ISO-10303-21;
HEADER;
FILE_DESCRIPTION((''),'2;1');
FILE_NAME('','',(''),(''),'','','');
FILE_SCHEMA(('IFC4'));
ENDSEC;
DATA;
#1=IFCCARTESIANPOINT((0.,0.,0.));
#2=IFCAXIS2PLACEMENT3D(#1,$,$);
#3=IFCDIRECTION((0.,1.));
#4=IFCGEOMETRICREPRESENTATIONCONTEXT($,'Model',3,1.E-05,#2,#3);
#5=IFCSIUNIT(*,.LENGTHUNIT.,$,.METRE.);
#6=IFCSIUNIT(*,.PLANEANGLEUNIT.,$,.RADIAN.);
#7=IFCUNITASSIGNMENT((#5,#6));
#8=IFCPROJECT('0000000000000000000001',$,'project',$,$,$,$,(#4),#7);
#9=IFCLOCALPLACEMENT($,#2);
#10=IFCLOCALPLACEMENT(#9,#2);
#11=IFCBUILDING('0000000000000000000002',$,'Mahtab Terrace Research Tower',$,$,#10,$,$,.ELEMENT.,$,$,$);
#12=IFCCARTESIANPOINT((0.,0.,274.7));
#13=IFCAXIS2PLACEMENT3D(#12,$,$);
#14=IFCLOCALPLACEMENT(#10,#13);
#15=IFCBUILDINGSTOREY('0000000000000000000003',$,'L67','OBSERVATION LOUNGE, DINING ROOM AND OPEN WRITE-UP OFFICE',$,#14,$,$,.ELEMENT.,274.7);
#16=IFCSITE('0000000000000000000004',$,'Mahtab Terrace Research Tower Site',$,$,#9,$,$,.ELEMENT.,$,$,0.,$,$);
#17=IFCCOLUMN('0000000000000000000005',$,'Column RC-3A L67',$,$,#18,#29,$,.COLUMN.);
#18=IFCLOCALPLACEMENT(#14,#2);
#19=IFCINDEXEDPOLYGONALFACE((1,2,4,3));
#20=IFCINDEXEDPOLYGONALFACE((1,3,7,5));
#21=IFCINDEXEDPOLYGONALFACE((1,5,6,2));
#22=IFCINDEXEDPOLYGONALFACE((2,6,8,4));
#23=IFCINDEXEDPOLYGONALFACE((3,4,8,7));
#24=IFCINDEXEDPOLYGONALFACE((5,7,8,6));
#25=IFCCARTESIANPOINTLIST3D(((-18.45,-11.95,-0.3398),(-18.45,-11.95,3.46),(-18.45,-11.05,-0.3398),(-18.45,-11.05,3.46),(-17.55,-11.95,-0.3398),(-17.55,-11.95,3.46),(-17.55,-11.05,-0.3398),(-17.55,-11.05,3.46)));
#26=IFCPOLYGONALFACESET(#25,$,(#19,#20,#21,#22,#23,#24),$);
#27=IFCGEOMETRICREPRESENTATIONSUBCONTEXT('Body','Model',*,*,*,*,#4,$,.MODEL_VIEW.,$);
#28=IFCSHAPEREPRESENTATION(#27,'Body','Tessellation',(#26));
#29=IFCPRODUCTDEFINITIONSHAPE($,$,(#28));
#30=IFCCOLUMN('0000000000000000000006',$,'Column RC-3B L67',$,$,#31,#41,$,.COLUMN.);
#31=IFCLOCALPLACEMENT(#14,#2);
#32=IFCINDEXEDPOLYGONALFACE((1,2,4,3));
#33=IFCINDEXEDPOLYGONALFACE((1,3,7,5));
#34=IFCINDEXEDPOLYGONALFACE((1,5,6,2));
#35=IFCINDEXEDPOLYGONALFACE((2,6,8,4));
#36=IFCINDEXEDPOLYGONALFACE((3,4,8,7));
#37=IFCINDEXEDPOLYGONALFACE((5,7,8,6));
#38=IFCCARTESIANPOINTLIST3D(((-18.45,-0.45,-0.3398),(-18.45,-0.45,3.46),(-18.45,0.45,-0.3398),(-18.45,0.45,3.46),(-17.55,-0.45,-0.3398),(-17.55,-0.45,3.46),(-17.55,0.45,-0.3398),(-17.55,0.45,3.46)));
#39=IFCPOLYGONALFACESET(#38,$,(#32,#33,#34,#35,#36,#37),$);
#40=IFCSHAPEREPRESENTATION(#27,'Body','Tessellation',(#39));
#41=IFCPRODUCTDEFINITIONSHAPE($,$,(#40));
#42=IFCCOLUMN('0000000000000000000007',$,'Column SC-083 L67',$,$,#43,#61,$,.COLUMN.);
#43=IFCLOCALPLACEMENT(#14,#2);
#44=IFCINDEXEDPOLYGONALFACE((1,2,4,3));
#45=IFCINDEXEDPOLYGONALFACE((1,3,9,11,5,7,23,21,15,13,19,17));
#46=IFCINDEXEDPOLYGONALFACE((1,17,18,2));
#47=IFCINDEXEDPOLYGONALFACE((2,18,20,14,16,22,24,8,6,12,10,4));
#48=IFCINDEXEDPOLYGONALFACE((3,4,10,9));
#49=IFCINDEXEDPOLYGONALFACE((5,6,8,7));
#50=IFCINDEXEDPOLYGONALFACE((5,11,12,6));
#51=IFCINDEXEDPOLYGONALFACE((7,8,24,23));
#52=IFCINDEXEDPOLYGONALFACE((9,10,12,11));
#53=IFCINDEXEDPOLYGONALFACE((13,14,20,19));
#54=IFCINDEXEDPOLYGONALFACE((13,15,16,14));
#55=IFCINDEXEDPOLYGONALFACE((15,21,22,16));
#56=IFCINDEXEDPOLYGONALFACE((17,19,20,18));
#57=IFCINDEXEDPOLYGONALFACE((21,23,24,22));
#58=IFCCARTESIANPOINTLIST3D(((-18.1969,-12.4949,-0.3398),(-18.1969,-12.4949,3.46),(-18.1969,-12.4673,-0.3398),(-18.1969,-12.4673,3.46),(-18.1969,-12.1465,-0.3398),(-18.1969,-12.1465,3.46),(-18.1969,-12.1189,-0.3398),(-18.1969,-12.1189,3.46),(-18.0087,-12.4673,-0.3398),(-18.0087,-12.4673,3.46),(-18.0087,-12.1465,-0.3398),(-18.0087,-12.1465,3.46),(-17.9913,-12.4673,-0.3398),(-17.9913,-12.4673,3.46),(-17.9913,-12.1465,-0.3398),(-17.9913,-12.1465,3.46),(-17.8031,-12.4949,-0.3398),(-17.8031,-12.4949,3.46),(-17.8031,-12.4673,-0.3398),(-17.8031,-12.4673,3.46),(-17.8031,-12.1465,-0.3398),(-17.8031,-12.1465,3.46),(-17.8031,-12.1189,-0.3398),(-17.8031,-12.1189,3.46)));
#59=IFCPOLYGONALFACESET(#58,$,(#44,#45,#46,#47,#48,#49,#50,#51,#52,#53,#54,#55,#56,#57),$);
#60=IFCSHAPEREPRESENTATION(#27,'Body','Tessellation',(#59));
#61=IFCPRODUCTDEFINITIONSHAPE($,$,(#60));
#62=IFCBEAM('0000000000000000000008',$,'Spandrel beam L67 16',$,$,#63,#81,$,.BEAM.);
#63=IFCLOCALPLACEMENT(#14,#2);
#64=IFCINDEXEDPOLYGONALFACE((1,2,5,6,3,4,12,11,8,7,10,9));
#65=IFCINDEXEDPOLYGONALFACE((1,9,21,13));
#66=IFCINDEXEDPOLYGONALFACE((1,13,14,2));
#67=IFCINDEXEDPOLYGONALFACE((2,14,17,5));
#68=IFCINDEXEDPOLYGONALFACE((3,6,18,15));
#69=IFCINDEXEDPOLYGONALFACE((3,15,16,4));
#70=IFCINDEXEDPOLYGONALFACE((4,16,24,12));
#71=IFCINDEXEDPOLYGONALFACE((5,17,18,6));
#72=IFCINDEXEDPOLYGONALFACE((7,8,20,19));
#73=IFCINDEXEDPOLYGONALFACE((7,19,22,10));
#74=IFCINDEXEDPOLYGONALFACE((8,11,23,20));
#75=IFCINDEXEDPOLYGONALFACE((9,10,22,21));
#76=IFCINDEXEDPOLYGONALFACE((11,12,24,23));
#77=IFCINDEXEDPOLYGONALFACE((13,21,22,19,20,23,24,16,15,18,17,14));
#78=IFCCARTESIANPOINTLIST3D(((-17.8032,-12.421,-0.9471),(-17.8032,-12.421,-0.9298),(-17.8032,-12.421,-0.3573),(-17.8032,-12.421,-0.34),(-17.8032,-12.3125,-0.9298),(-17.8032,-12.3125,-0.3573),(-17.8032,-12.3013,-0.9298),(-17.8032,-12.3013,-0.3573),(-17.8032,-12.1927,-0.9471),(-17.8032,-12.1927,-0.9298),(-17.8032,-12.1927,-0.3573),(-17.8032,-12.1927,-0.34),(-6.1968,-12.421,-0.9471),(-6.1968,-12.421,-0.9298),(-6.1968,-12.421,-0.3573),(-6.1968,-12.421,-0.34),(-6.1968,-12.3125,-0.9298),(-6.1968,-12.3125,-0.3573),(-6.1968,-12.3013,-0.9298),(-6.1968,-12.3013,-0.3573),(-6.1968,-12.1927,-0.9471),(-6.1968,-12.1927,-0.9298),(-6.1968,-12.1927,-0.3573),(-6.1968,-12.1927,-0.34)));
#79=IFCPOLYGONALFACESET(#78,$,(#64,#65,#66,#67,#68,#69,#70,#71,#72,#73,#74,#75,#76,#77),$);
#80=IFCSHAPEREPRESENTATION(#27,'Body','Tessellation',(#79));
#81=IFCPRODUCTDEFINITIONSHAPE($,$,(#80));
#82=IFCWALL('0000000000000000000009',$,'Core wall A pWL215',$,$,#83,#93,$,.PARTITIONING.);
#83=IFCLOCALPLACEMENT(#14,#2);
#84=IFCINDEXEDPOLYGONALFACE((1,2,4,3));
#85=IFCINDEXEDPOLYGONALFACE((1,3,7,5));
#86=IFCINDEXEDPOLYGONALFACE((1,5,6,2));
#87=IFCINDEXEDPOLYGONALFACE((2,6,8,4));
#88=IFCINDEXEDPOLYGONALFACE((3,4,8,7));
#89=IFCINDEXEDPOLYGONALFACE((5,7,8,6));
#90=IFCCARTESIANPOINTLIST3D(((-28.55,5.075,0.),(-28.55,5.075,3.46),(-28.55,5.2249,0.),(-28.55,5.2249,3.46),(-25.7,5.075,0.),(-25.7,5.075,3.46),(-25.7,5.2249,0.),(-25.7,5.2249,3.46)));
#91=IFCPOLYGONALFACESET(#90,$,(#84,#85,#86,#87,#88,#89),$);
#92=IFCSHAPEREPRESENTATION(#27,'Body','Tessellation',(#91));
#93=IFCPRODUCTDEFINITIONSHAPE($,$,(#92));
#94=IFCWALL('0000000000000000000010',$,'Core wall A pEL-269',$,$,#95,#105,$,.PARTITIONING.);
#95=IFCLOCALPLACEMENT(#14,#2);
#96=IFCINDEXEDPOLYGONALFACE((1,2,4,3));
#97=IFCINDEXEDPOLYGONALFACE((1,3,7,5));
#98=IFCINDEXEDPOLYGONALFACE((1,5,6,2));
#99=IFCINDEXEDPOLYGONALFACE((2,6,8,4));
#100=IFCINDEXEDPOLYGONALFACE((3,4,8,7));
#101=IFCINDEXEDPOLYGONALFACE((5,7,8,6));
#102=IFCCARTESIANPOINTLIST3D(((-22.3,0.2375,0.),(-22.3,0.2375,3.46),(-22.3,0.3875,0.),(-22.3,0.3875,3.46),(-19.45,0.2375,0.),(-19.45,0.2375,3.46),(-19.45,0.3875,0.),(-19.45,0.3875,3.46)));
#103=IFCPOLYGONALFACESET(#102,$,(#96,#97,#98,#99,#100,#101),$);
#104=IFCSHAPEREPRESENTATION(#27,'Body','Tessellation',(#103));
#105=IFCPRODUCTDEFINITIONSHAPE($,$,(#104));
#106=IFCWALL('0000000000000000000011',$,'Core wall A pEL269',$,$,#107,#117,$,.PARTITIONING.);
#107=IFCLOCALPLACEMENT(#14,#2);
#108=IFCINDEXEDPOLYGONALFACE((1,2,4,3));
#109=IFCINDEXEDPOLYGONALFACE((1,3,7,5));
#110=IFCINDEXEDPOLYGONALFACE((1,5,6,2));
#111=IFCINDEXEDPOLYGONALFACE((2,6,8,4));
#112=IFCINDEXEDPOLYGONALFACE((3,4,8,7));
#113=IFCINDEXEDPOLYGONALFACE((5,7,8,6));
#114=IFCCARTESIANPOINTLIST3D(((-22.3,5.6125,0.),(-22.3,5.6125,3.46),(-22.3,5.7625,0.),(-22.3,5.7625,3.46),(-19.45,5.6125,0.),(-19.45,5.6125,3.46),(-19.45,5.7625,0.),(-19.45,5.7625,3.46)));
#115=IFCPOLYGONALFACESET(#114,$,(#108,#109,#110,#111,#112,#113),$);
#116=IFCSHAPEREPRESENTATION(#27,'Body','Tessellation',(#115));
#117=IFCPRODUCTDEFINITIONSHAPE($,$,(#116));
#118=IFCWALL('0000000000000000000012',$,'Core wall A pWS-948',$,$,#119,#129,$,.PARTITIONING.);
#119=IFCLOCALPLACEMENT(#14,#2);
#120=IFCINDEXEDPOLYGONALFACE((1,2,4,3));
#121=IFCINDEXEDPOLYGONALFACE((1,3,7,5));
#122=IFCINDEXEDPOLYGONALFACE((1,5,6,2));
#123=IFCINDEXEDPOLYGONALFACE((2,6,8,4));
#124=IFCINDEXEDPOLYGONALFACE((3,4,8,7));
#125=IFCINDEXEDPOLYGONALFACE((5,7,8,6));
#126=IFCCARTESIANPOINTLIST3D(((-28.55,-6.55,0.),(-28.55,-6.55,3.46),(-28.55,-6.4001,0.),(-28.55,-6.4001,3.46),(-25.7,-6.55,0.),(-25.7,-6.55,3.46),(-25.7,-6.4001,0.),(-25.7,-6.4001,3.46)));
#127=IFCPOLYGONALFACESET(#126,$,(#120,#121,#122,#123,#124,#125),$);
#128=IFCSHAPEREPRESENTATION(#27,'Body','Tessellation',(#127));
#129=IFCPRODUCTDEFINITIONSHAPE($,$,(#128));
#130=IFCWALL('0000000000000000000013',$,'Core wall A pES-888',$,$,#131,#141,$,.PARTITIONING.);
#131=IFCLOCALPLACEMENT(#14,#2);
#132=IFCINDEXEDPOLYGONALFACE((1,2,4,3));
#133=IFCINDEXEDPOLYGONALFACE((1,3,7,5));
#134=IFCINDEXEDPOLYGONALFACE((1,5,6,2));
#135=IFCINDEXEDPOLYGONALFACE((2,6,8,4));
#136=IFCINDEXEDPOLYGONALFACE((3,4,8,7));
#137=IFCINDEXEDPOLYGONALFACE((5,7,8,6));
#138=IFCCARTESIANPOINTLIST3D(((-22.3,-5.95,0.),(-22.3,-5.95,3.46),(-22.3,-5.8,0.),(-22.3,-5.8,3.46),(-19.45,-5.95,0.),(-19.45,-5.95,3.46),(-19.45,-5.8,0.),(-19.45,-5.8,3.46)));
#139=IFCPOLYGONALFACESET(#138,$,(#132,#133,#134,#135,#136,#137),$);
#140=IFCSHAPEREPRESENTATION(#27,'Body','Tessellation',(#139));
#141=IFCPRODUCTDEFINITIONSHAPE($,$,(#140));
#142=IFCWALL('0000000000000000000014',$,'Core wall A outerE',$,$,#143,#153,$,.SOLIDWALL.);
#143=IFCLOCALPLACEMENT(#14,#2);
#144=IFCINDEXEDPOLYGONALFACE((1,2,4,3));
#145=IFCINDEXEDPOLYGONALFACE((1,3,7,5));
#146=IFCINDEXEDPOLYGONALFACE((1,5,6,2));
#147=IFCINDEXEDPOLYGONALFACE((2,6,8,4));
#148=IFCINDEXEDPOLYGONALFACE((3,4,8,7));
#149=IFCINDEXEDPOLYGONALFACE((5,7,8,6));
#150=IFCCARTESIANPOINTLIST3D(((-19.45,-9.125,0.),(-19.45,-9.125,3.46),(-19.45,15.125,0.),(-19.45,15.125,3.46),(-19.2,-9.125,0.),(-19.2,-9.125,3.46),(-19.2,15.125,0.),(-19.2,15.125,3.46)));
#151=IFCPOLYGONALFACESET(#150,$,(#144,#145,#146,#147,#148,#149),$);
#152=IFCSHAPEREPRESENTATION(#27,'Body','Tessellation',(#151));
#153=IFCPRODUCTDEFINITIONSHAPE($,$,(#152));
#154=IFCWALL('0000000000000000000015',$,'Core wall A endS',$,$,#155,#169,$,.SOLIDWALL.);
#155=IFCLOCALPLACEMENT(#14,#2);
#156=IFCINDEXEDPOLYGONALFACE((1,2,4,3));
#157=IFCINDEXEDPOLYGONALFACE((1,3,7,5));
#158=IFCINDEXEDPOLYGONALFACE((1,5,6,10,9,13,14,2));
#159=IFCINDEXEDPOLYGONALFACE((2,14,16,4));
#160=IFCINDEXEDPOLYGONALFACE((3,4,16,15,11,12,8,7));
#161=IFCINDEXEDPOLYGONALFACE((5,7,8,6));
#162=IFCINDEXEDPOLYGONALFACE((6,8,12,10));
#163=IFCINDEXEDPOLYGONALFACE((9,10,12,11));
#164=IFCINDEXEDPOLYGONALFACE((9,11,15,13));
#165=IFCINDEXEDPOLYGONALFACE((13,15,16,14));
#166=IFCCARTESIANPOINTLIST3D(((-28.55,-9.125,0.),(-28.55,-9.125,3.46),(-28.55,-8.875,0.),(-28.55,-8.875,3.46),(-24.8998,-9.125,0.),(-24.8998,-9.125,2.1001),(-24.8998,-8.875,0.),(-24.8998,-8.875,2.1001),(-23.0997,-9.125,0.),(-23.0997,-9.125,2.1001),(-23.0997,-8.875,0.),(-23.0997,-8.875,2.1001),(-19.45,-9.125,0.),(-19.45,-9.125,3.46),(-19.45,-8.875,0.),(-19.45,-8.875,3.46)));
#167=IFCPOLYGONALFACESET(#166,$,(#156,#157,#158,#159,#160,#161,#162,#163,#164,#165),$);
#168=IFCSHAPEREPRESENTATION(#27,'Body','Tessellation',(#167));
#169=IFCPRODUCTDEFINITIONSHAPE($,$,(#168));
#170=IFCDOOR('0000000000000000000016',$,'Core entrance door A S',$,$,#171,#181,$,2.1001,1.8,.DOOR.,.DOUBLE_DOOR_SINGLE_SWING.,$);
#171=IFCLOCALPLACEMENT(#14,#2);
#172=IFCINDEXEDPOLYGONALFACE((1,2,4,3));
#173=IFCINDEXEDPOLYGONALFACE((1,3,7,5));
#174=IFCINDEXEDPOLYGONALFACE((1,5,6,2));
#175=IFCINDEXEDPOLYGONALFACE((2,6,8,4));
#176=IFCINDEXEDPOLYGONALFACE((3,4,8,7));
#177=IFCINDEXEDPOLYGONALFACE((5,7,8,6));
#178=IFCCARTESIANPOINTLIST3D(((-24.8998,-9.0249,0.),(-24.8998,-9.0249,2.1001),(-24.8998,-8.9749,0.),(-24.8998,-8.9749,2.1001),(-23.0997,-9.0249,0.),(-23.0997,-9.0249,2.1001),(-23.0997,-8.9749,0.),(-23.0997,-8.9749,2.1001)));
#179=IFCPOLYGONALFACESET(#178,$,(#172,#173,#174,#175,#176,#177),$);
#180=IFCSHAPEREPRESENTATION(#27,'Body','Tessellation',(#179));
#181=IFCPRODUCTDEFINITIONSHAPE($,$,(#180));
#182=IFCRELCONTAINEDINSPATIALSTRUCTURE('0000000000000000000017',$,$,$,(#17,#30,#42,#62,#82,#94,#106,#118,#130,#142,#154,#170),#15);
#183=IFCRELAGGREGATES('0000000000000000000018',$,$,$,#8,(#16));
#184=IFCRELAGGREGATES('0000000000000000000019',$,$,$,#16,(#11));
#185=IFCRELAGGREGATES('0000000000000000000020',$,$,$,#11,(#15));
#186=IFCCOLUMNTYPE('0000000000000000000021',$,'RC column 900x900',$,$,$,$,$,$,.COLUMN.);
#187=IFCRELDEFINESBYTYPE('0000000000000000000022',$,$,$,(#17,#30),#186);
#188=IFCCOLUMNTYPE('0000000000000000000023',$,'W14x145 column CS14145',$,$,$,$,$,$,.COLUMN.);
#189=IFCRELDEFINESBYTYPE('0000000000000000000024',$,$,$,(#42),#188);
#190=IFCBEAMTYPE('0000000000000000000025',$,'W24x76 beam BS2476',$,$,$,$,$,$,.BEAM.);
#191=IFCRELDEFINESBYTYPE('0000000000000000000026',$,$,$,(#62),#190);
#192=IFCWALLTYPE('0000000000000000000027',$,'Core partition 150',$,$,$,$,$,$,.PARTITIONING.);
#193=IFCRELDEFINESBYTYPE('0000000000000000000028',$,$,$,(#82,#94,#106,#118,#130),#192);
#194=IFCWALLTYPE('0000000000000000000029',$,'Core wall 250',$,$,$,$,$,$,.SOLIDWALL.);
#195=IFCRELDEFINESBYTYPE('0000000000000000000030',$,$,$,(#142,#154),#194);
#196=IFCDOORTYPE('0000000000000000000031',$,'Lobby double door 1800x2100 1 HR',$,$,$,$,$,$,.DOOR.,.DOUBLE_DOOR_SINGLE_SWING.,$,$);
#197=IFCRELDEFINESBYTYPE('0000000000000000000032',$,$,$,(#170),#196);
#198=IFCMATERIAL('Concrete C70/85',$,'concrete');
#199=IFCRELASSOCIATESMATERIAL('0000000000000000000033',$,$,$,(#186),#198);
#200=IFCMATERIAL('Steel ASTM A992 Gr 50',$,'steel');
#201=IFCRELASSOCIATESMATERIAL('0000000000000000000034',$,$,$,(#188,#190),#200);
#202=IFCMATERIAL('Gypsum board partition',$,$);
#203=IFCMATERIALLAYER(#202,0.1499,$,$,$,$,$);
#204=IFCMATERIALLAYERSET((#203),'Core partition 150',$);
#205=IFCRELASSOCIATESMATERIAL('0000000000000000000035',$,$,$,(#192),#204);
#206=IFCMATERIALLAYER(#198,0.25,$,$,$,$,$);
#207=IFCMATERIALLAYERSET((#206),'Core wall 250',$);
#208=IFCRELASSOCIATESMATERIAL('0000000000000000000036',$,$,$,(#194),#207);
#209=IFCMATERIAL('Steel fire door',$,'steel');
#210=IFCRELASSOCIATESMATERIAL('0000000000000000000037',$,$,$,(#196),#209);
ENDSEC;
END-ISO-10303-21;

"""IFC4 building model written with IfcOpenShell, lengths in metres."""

from ifc_helpers import new_model, si_unit, direction, frame, frame_2d, origin, origin_2d, place, context, subcontext, project, spatial, rectangle, i_section, extrude, material, layer, layer_set, material_profile, profile_set, type_object, element, fill, save


model = new_model("IFC4")

# Units and contexts
model_context = context("Model", 3, precision=1e-05, world=origin(), true_north=direction((0.0, 1.0)))
body_context = subcontext(model_context, "Body", "Model", "MODEL_VIEW")
ifc_project = project(units=[si_unit("LENGTHUNIT", "METRE"), si_unit("PLANEANGLEUNIT", "RADIAN")], contexts=[model_context])

# Site, building, storey
site_placement = place(None, origin())
site = spatial("IfcSite", under=ifc_project, at=site_placement, Name="Mahtab Terrace Research Tower Site", CompositionType="ELEMENT", RefElevation=0.0)
building_placement = place(site_placement, origin())
building = spatial("IfcBuilding", under=site, at=building_placement, Name="Mahtab Terrace Research Tower", CompositionType="ELEMENT")
storey_placement = place(building_placement, frame((0.0, 0.0, 274.7)))
storey = spatial("IfcBuildingStorey", under=building, at=storey_placement, Name="L67", Description="OBSERVATION LOUNGE, DINING ROOM AND OPEN WRITE-UP OFFICE", CompositionType="ELEMENT", Elevation=274.7)

# Columns
ifc_material_1 = material(Name="Concrete C70/85", Category="concrete")
ifc_material_profile_1 = material_profile(ifc_material_1, rectangle(XDim=0.8999, YDim=0.8999, at=origin_2d()), Name="RC column 900x900")
ifc_profile_set_1 = profile_set([ifc_material_profile_1], Name="Concrete C70/85")
column_type_1 = type_object("IfcColumnType", Name="RC column 900x900", PredefinedType="COLUMN", material=ifc_profile_set_1)
for number, where, z_axis, x_axis, name in (
    (1, (-18.0, -11.5, -0.3398), (0.0, 0.0, 1.0), (1.0, 0.0, 0.0), "Column RC-3A L67"),
    (2, (-18.0, 0.0, -0.3398), (0.0, 0.0, 1.0), (1.0, 0.0, 0.0), "Column RC-3B L67"),
):
    element("IfcColumn", number, at=place(storey_placement, frame(where, z_axis=z_axis, x_axis=x_axis)), inside=storey, type_object=column_type_1, Name=name, PredefinedType="COLUMN", context=body_context, shape_type="SweptSolid", body=[
        extrude(rectangle(XDim=0.8999, YDim=0.8999, at=origin_2d()), origin(), (0.0, 0.0, 1.0), 3.7998),
    ])
ifc_material_2 = material(Name="Steel ASTM A992 Gr 50", Category="steel")
ifc_material_profile_2 = material_profile(ifc_material_2, i_section(OverallWidth=0.3938, OverallDepth=0.376, WebThickness=0.0173, FlangeThickness=0.0276, at=origin_2d()), Name="W14X145")
ifc_profile_set_2 = profile_set([ifc_material_profile_2], Name="Steel ASTM A992 Gr 50")
column_type_2 = type_object("IfcColumnType", Name="W14x145 column CS14145", PredefinedType="COLUMN", material=ifc_profile_set_2)
column_placement = place(storey_placement, frame((-18.0, -12.3069, -0.3398), z_axis=(0.0, 0.0, 1.0), x_axis=(1.0, 0.0, 0.0)))
element("IfcColumn", 3, at=column_placement, inside=storey, type_object=column_type_2, Name="Column SC-083 L67", PredefinedType="COLUMN", context=body_context, shape_type="SweptSolid", body=[
    extrude(i_section(OverallWidth=0.3938, OverallDepth=0.376, WebThickness=0.0173, FlangeThickness=0.0276, at=origin_2d()), origin(), (0.0, 0.0, 1.0), 3.7998),
])

# Beam
ifc_material_profile_3 = material_profile(ifc_material_2, i_section(OverallWidth=0.2283, OverallDepth=0.6072, WebThickness=0.0112, FlangeThickness=0.0173, at=origin_2d()), Name="W24X76")
ifc_profile_set_3 = profile_set([ifc_material_profile_3], Name="Steel ASTM A992 Gr 50")
beam_type = type_object("IfcBeamType", Name="W24x76 beam BS2476", PredefinedType="BEAM", material=ifc_profile_set_3)
beam_placement = place(storey_placement, frame((-17.8032, -12.3069, -0.6436), z_axis=(1.0, 0.0, 0.0), x_axis=(0.0, 1.0, 0.0)))
element("IfcBeam", 4, at=beam_placement, inside=storey, type_object=beam_type, Name="Spandrel beam L67 16", PredefinedType="BEAM", context=body_context, shape_type="SweptSolid", body=[
    extrude(i_section(OverallWidth=0.2283, OverallDepth=0.6072, WebThickness=0.0112, FlangeThickness=0.0173, at=origin_2d()), origin(), (0.0, 0.0, 1.0), 11.6064),
])

# Walls
ifc_material_3 = material(Name="Gypsum board partition")
ifc_layer_1 = layer(ifc_material_3, 0.1499)
ifc_layer_set_1 = layer_set([ifc_layer_1], Name="Core partition 150")
wall_type_1 = type_object("IfcWallType", Name="Core partition 150", PredefinedType="PARTITIONING", material=ifc_layer_set_1)
for number, where, z_axis, x_axis, name in (
    (5, (-28.55, 5.1499, 0.0), (0.0, 0.0, 1.0), (1.0, 0.0, 0.0), "Core wall A pWL215"),
    (6, (-22.3, 0.3125, 0.0), (0.0, 0.0, 1.0), (1.0, 0.0, 0.0), "Core wall A pEL-269"),
    (7, (-22.3, 5.6875, 0.0), (0.0, 0.0, 1.0), (1.0, 0.0, 0.0), "Core wall A pEL269"),
    (8, (-28.55, -6.4751, 0.0), (0.0, 0.0, 1.0), (1.0, 0.0, 0.0), "Core wall A pWS-948"),
    (9, (-22.3, -5.875, 0.0), (0.0, 0.0, 1.0), (1.0, 0.0, 0.0), "Core wall A pES-888"),
):
    element("IfcWall", number, at=place(storey_placement, frame(where, z_axis=z_axis, x_axis=x_axis)), inside=storey, type_object=wall_type_1, Name=name, PredefinedType="PARTITIONING", context=body_context, shape_type="SweptSolid", body=[
        extrude(rectangle(XDim=2.8501, YDim=0.1499, at=frame_2d((1.425, 0.0))), origin(), (0.0, 0.0, 1.0), 3.46),
    ])
ifc_layer_2 = layer(ifc_material_1, 0.25)
ifc_layer_set_2 = layer_set([ifc_layer_2], Name="Core wall 250")
wall_type_2 = type_object("IfcWallType", Name="Core wall 250", PredefinedType="SOLIDWALL", material=ifc_layer_set_2)
wall_1_placement = place(storey_placement, frame((-19.325, -9.125, 0.0), z_axis=(0.0, 0.0, 1.0), x_axis=(0.0, 1.0, 0.0)))
element("IfcWall", 10, at=wall_1_placement, inside=storey, type_object=wall_type_2, Name="Core wall A outerE", PredefinedType="SOLIDWALL", context=body_context, shape_type="SweptSolid", body=[
    extrude(rectangle(XDim=24.25, YDim=0.25, at=frame_2d((12.125, 0.0))), origin(), (0.0, 0.0, 1.0), 3.46),
])

# Wall, opening, door
wall_2_placement = place(storey_placement, frame((-19.45, -9.0, 0.0), z_axis=(0.0, 0.0, 1.0), x_axis=(-1.0, 0.0, 0.0)))
wall_2 = element("IfcWall", 11, at=wall_2_placement, inside=storey, type_object=wall_type_2, Name="Core wall A endS", PredefinedType="SOLIDWALL", context=body_context, shape_type="SweptSolid", body=[
    extrude(rectangle(XDim=9.1001, YDim=0.25, at=frame_2d((4.55, 0.0))), origin(), (0.0, 0.0, 1.0), 3.46),
])
opening_1_placement = place(wall_2_placement, frame((3.6499, 0.0, 0.0)))
opening_1 = element("IfcOpeningElement", 12, at=opening_1_placement, cuts=wall_2, PredefinedType="OPENING", context=body_context, shape_type="SweptSolid", body=[
    extrude(rectangle(XDim=1.8, YDim=2.1001, at=frame_2d((0.8999, 1.05))), frame((0.0, 0.135, 0.0), z_axis=(0.0, -1.0, 0.0), x_axis=(1.0, 0.0, 0.0)), (0.0, 0.0, 1.0), 0.27),
])
ifc_material_4 = material(Name="Steel fire door", Category="steel")
door_type_1 = type_object("IfcDoorType", Name="Lobby double door 1800x2100 1 HR", OperationType="DOUBLE_DOOR_SINGLE_SWING", PredefinedType="DOOR", material=ifc_material_4)
door_1_placement = place(opening_1_placement, origin())
door_1 = element("IfcDoor", 13, at=door_1_placement, inside=storey, type_object=door_type_1, Name="Core entrance door A S", OperationType="DOUBLE_DOOR_SINGLE_SWING", OverallHeight=2.1001, OverallWidth=1.8, PredefinedType="DOOR", context=body_context, shape_type="SweptSolid", body=[
    extrude(rectangle(XDim=1.8, YDim=2.1001, at=frame_2d((0.8999, 1.05))), frame((0.0, 0.0249, 0.0), z_axis=(0.0, -1.0, 0.0), x_axis=(1.0, 0.0, 0.0)), (0.0, 0.0, 1.0), 0.05),
])
fill(opening_1, door_1)

save(model, "model.ifc")
